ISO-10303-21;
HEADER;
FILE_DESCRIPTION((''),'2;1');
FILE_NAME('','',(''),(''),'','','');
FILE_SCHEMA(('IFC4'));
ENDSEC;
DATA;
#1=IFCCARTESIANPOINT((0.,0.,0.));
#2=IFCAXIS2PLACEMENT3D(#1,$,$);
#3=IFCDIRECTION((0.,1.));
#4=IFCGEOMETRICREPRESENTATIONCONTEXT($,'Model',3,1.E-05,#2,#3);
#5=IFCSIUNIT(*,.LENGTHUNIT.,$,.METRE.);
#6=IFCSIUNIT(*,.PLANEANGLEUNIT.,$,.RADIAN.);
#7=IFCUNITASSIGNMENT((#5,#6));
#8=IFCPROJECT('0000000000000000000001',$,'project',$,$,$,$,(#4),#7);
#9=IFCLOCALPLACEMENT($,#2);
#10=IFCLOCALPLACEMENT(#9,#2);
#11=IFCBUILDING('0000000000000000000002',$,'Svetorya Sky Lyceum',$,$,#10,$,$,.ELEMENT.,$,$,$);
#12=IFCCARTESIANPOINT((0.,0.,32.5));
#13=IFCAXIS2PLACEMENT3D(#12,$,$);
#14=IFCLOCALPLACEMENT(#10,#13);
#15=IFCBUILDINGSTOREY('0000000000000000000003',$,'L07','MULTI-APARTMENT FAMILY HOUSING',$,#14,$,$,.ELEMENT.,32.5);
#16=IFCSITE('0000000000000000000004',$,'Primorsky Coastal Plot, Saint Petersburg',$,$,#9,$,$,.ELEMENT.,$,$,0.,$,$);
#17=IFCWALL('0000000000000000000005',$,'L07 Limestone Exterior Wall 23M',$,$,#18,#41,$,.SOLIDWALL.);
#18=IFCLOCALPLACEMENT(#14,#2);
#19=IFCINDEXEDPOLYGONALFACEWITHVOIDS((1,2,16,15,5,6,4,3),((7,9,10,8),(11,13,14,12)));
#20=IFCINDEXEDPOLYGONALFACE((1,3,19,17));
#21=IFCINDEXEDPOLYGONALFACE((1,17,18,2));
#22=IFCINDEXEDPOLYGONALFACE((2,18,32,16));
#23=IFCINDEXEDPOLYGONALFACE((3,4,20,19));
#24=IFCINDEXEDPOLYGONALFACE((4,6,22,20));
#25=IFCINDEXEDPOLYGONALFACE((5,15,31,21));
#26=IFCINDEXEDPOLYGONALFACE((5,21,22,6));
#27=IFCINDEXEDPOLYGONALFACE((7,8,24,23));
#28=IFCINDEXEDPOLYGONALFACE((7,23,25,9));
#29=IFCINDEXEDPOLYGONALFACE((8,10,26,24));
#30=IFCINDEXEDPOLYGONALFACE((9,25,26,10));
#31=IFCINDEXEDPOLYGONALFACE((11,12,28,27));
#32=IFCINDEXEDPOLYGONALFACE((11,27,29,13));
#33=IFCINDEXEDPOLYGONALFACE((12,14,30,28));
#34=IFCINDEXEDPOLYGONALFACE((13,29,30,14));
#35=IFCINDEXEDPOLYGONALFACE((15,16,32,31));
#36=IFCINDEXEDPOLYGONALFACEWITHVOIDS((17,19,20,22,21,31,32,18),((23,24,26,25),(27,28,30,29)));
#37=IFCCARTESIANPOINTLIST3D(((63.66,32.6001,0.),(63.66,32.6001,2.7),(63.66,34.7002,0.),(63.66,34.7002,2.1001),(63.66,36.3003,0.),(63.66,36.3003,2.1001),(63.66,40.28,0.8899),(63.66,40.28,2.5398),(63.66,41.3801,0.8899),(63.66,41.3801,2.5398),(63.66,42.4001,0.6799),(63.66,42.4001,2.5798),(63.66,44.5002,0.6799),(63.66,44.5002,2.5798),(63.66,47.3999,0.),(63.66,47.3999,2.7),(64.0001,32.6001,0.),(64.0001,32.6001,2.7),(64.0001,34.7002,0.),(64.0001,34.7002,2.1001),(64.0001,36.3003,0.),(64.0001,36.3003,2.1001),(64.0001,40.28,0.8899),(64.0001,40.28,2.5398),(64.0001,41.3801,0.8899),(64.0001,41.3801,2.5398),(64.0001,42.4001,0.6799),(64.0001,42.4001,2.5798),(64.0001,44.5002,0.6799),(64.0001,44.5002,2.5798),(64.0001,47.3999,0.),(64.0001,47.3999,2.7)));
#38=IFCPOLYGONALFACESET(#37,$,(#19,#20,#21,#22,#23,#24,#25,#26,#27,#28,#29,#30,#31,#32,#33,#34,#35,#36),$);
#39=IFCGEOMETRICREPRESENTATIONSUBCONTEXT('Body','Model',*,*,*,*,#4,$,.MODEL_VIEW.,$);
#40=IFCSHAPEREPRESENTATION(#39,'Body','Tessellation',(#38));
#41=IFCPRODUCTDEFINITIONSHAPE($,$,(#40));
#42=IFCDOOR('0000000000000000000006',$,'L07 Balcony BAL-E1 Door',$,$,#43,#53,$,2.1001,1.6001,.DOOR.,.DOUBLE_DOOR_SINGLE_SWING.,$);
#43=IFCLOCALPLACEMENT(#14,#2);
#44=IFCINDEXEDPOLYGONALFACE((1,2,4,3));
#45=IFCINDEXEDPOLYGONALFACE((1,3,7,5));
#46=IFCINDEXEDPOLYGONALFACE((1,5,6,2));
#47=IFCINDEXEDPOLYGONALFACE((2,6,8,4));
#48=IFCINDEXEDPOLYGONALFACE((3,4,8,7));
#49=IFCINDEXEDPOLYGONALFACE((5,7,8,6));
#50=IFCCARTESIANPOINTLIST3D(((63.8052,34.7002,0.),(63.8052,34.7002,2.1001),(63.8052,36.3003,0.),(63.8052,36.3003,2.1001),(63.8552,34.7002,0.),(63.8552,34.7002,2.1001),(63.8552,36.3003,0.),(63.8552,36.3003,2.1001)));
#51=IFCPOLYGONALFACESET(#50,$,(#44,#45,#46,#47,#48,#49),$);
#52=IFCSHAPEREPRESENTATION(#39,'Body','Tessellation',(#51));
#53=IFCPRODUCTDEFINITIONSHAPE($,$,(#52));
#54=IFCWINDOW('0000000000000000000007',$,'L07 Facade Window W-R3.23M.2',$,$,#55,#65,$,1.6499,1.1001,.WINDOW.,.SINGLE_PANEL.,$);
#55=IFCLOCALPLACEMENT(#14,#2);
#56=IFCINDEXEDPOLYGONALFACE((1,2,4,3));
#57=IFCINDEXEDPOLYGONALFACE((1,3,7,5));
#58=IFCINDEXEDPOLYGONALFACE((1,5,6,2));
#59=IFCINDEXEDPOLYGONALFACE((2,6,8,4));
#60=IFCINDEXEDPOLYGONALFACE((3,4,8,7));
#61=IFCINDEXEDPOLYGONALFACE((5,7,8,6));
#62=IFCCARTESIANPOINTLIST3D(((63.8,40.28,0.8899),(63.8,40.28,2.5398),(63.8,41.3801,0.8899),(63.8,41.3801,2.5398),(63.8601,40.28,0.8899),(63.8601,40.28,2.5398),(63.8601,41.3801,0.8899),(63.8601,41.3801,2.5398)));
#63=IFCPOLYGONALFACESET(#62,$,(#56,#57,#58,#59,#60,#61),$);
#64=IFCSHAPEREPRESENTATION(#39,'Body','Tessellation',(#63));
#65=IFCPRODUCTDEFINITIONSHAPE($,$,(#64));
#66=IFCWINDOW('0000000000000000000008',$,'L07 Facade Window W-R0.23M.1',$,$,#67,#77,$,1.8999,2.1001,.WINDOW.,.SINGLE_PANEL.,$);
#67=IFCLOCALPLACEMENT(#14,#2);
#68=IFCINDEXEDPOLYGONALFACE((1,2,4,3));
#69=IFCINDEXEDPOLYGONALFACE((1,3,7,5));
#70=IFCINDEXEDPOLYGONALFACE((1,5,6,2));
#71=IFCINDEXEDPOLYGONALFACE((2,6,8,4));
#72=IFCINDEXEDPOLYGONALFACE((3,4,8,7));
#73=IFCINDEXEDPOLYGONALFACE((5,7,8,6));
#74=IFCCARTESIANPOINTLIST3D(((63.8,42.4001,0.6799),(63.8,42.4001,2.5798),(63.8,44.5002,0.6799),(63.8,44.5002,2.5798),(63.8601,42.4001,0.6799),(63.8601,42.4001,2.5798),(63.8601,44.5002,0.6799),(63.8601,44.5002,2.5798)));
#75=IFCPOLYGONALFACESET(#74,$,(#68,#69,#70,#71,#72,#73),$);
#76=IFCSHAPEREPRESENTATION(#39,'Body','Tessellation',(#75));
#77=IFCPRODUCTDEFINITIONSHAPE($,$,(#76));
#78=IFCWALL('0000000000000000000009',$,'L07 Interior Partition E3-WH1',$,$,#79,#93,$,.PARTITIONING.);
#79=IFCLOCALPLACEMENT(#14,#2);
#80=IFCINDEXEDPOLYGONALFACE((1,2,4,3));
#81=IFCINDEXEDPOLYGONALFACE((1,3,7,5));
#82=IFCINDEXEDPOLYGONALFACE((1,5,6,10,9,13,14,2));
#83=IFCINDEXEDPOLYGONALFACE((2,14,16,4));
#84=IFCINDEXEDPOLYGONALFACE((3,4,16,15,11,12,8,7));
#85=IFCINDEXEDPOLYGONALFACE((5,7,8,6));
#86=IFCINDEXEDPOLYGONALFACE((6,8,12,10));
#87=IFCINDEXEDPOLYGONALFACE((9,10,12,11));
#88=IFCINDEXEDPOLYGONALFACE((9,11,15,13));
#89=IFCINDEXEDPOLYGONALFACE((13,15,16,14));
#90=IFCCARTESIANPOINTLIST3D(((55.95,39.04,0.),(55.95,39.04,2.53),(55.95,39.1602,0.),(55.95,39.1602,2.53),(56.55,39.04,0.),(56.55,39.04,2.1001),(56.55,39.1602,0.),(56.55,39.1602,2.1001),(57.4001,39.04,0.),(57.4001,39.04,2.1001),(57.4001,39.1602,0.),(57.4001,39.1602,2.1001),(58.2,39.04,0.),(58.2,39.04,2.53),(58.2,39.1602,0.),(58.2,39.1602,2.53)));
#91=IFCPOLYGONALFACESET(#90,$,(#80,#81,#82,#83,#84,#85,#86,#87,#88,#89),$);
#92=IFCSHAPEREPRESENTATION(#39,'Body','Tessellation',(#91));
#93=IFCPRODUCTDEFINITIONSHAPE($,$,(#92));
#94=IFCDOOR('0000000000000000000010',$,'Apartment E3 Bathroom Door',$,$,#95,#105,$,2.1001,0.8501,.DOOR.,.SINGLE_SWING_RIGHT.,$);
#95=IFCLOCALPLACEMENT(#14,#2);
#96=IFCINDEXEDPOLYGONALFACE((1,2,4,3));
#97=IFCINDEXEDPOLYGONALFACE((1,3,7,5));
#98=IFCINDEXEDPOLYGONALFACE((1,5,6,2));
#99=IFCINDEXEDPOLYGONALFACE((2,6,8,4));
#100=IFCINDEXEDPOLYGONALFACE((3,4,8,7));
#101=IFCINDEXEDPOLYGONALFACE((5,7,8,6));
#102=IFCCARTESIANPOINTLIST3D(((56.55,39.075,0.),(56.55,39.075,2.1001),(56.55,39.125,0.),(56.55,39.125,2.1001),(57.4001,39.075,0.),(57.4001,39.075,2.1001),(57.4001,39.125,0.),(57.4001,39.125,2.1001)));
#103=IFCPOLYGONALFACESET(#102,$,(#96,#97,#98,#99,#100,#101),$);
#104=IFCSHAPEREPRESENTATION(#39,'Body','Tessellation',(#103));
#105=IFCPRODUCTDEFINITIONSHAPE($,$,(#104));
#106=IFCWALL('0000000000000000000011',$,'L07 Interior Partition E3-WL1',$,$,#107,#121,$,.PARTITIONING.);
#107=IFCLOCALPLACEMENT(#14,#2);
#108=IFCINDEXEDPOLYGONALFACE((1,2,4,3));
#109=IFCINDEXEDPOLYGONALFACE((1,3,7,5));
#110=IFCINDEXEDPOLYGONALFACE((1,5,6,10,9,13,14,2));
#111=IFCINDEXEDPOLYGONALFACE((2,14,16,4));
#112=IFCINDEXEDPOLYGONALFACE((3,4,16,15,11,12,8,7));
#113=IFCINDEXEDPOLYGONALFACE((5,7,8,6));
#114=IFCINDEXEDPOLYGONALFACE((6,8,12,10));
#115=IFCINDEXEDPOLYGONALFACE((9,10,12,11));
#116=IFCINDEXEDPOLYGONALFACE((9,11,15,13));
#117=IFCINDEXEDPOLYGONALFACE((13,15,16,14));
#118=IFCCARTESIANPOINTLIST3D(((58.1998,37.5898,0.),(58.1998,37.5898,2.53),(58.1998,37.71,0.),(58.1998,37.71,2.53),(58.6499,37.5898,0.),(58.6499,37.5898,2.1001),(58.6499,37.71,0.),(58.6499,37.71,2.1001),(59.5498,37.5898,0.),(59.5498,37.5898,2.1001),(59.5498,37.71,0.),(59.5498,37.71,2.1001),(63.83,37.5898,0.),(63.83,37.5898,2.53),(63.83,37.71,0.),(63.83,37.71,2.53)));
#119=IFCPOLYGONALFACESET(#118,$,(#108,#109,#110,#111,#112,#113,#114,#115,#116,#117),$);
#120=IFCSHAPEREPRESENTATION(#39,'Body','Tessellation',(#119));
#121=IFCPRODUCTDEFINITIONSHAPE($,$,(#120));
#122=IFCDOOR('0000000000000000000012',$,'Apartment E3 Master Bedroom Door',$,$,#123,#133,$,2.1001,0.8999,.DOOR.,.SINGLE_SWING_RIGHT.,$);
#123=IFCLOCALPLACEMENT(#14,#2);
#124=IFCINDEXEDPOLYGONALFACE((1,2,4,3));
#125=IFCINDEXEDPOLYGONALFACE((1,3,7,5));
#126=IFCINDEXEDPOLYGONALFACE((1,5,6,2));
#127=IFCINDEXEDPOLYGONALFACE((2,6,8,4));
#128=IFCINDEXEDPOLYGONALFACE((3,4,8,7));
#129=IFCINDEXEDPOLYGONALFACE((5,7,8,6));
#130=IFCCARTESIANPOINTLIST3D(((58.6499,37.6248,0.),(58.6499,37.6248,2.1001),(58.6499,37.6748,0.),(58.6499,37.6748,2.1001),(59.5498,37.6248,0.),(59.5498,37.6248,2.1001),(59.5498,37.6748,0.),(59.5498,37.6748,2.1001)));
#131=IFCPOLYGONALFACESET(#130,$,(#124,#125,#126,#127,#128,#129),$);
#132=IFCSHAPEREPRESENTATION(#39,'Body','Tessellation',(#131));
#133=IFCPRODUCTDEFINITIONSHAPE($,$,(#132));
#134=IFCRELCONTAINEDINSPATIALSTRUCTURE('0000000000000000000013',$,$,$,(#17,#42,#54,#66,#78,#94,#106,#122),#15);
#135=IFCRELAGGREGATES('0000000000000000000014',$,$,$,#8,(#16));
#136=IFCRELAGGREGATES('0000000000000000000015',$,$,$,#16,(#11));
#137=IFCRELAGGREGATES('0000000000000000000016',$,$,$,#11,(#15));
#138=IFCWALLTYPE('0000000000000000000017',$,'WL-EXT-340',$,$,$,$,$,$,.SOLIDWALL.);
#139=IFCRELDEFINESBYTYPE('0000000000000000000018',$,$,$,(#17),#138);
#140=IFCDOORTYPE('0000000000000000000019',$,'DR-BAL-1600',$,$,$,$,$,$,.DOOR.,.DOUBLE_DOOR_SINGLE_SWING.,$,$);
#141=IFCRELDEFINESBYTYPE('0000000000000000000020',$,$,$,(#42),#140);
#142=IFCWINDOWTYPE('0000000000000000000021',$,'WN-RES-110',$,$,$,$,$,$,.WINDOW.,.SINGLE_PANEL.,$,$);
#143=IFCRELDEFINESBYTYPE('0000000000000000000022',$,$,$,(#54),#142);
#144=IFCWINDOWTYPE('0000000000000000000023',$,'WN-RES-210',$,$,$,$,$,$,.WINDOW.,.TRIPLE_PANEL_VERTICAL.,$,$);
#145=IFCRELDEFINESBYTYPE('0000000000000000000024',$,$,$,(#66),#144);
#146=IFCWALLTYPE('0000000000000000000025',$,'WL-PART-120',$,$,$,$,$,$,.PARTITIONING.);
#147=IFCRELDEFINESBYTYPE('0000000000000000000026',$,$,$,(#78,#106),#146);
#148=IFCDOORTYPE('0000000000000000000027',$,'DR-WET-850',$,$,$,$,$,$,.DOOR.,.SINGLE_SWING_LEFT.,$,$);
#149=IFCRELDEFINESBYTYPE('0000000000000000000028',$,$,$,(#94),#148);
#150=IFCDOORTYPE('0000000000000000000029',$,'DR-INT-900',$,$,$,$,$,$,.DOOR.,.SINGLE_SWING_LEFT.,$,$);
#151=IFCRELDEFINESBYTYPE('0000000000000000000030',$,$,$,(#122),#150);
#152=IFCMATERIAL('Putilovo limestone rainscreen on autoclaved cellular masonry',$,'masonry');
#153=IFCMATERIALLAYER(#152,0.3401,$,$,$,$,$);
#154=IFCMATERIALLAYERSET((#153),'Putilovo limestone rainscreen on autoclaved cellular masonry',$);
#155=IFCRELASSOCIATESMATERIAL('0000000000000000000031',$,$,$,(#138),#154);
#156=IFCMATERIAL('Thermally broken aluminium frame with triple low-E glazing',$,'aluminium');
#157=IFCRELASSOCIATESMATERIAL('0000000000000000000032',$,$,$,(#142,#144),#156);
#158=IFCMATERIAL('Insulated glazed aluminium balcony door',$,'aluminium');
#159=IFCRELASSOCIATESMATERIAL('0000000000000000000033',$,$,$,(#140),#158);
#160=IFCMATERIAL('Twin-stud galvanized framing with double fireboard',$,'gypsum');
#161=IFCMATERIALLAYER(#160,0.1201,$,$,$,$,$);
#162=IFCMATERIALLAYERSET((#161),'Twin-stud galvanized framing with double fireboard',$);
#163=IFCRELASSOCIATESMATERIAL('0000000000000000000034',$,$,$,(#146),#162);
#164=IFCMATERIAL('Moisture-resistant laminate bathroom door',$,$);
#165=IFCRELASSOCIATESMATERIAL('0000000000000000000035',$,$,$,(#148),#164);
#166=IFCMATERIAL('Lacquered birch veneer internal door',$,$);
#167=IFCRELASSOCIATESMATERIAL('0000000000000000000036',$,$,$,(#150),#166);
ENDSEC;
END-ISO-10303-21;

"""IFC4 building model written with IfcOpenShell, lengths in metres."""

from ifc_helpers import new_model, si_unit, direction, frame, frame_2d, origin, place, context, subcontext, project, spatial, rectangle, extrude, material, layer, layer_set, type_object, element, fill, save


model = new_model("IFC4")

# Units and contexts
model_context = context("Model", 3, precision=1e-05, world=origin(), true_north=direction((0.0, 1.0)))
body_context = subcontext(model_context, "Body", "Model", "MODEL_VIEW")
ifc_project = project(units=[si_unit("LENGTHUNIT", "METRE"), si_unit("PLANEANGLEUNIT", "RADIAN")], contexts=[model_context])

# Site, building, storey
site_placement = place(None, origin())
site = spatial("IfcSite", under=ifc_project, at=site_placement, Name="Primorsky Coastal Plot, Saint Petersburg", CompositionType="ELEMENT", RefElevation=0.0)
building_placement = place(site_placement, origin())
building = spatial("IfcBuilding", under=site, at=building_placement, Name="Svetorya Sky Lyceum", CompositionType="ELEMENT")
storey_placement = place(building_placement, frame((0.0, 0.0, 32.5)))
storey = spatial("IfcBuildingStorey", under=building, at=storey_placement, Name="L07", Description="MULTI-APARTMENT FAMILY HOUSING", CompositionType="ELEMENT", Elevation=32.5)

# Shared definitions
ifc_material_1 = material(Name="Putilovo limestone rainscreen on autoclaved cellular masonry", Category="masonry")
ifc_layer_1 = layer(ifc_material_1, 0.3401)
ifc_layer_set_1 = layer_set([ifc_layer_1], Name="Putilovo limestone rainscreen on autoclaved cellular masonry")
wall_type_1 = type_object("IfcWallType", Name="WL-EXT-340", PredefinedType="SOLIDWALL", material=ifc_layer_set_1)

# Shared definitions
ifc_material_2 = material(Name="Thermally broken aluminium frame with triple low-E glazing", Category="aluminium")
window_type_1 = type_object("IfcWindowType", Name="WN-RES-110", PartitioningType="SINGLE_PANEL", PredefinedType="WINDOW", material=ifc_material_2)

# Wall, openings, door, windows
wall_1_placement = place(storey_placement, frame((63.8301, 32.6001, 0.0), z_axis=(0.0, 0.0, 1.0), x_axis=(0.0, 1.0, 0.0)))
wall_1 = element("IfcWall", 1, at=wall_1_placement, inside=storey, type_object=wall_type_1, Name="L07 Limestone Exterior Wall 23M", PredefinedType="SOLIDWALL", context=body_context, shape_type="SweptSolid", body=[
    extrude(rectangle(XDim=14.7998, YDim=0.3401, at=frame_2d((7.3999, 0.0))), origin(), (0.0, 0.0, 1.0), 2.7),
])
opening_1_placement = place(wall_1_placement, frame((2.1001, 0.0, 0.0)))
opening_1 = element("IfcOpeningElement", 2, at=opening_1_placement, cuts=wall_1, PredefinedType="OPENING", context=body_context, shape_type="SweptSolid", body=[
    extrude(rectangle(XDim=1.6001, YDim=2.1001, at=frame_2d((0.8, 1.05))), frame((0.0, 0.1799, 0.0), z_axis=(0.0, -1.0, 0.0), x_axis=(1.0, 0.0, 0.0)), (0.0, 0.0, 1.0), 0.3601),
])
opening_2_placement = place(wall_1_placement, frame((7.6799, 0.0, 0.8899)))
opening_2 = element("IfcOpeningElement", 3, at=opening_2_placement, cuts=wall_1, PredefinedType="OPENING", context=body_context, shape_type="SweptSolid", body=[
    extrude(rectangle(XDim=1.1001, YDim=1.6499, at=frame_2d((0.55, 0.825))), frame((0.0, 0.1799, 0.0), z_axis=(0.0, -1.0, 0.0), x_axis=(1.0, 0.0, 0.0)), (0.0, 0.0, 1.0), 0.3601),
])
opening_3_placement = place(wall_1_placement, frame((9.8, 0.0, 0.6799)))
opening_3 = element("IfcOpeningElement", 4, at=opening_3_placement, cuts=wall_1, PredefinedType="OPENING", context=body_context, shape_type="SweptSolid", body=[
    extrude(rectangle(XDim=2.1001, YDim=1.8999, at=frame_2d((1.05, 0.95))), frame((0.0, 0.1799, 0.0), z_axis=(0.0, -1.0, 0.0), x_axis=(1.0, 0.0, 0.0)), (0.0, 0.0, 1.0), 0.3601),
])
ifc_material_3 = material(Name="Insulated glazed aluminium balcony door", Category="aluminium")
door_type_1 = type_object("IfcDoorType", Name="DR-BAL-1600", OperationType="DOUBLE_DOOR_SINGLE_SWING", PredefinedType="DOOR", material=ifc_material_3)
door_1_placement = place(opening_1_placement, origin())
door_1 = element("IfcDoor", 5, at=door_1_placement, inside=storey, type_object=door_type_1, Name="L07 Balcony BAL-E1 Door", OperationType="DOUBLE_DOOR_SINGLE_SWING", OverallHeight=2.1001, OverallWidth=1.6001, PredefinedType="DOOR", context=body_context, shape_type="SweptSolid", body=[
    extrude(rectangle(XDim=1.6001, YDim=2.1001, at=frame_2d((0.8, 1.05))), frame((0.0, 0.0249, 0.0), z_axis=(0.0, -1.0, 0.0), x_axis=(1.0, 0.0, 0.0)), (0.0, 0.0, 1.0), 0.05),
])
fill(opening_1, door_1)
window_1_placement = place(opening_2_placement, origin())
window_1 = element("IfcWindow", 6, at=window_1_placement, inside=storey, type_object=window_type_1, Name="L07 Facade Window W-R3.23M.2", OverallHeight=1.6499, OverallWidth=1.1001, PartitioningType="SINGLE_PANEL", PredefinedType="WINDOW", context=body_context, shape_type="SweptSolid", body=[
    extrude(rectangle(XDim=1.1001, YDim=1.6499, at=frame_2d((0.55, 0.825))), frame((0.0, 0.03, 0.0), z_axis=(0.0, -1.0, 0.0), x_axis=(1.0, 0.0, 0.0)), (0.0, 0.0, 1.0), 0.0601),
])
fill(opening_2, window_1)
window_type_2 = type_object("IfcWindowType", Name="WN-RES-210", PartitioningType="TRIPLE_PANEL_VERTICAL", PredefinedType="WINDOW", material=ifc_material_2)
window_2_placement = place(opening_3_placement, origin())
window_2 = element("IfcWindow", 7, at=window_2_placement, inside=storey, type_object=window_type_2, Name="L07 Facade Window W-R0.23M.1", OverallHeight=1.8999, OverallWidth=2.1001, PartitioningType="SINGLE_PANEL", PredefinedType="WINDOW", context=body_context, shape_type="SweptSolid", body=[
    extrude(rectangle(XDim=2.1001, YDim=1.8999, at=frame_2d((1.05, 0.95))), frame((0.0, 0.03, 0.0), z_axis=(0.0, -1.0, 0.0), x_axis=(1.0, 0.0, 0.0)), (0.0, 0.0, 1.0), 0.0601),
])
fill(opening_3, window_2)

# Walls, openings, doors
ifc_material_4 = material(Name="Twin-stud galvanized framing with double fireboard", Category="gypsum")
ifc_layer_2 = layer(ifc_material_4, 0.1201)
ifc_layer_set_2 = layer_set([ifc_layer_2], Name="Twin-stud galvanized framing with double fireboard")
wall_type_2 = type_object("IfcWallType", Name="WL-PART-120", PredefinedType="PARTITIONING", material=ifc_layer_set_2)
wall_2_placement = place(storey_placement, frame((55.95, 39.1001, 0.0), z_axis=(0.0, 0.0, 1.0), x_axis=(1.0, 0.0, 0.0)))
wall_2 = element("IfcWall", 8, at=wall_2_placement, inside=storey, type_object=wall_type_2, Name="L07 Interior Partition E3-WH1", PredefinedType="PARTITIONING", context=body_context, shape_type="SweptSolid", body=[
    extrude(rectangle(XDim=2.25, YDim=0.1201, at=frame_2d((1.125, 0.0))), origin(), (0.0, 0.0, 1.0), 2.53),
])
opening_4_placement = place(wall_2_placement, frame((0.6001, 0.0, 0.0)))
opening_4 = element("IfcOpeningElement", 9, at=opening_4_placement, cuts=wall_2, PredefinedType="OPENING", context=body_context, shape_type="SweptSolid", body=[
    extrude(rectangle(XDim=0.8501, YDim=2.1001, at=frame_2d((0.425, 1.05))), frame((0.0, 0.0701, 0.0), z_axis=(0.0, -1.0, 0.0), x_axis=(1.0, 0.0, 0.0)), (0.0, 0.0, 1.0), 0.1401),
])
ifc_material_5 = material(Name="Moisture-resistant laminate bathroom door")
door_type_2 = type_object("IfcDoorType", Name="DR-WET-850", OperationType="SINGLE_SWING_LEFT", PredefinedType="DOOR", material=ifc_material_5)
door_2_placement = place(opening_4_placement, origin())
door_2 = element("IfcDoor", 10, at=door_2_placement, inside=storey, type_object=door_type_2, Name="Apartment E3 Bathroom Door", OperationType="SINGLE_SWING_RIGHT", OverallHeight=2.1001, OverallWidth=0.8501, PredefinedType="DOOR", context=body_context, shape_type="SweptSolid", body=[
    extrude(rectangle(XDim=0.8501, YDim=2.1001, at=frame_2d((0.425, 1.05))), frame((0.0, 0.0249, 0.0), z_axis=(0.0, -1.0, 0.0), x_axis=(1.0, 0.0, 0.0)), (0.0, 0.0, 1.0), 0.05),
])
fill(opening_4, door_2)
wall_3_placement = place(storey_placement, frame((58.2, 37.6499, 0.0), z_axis=(0.0, 0.0, 1.0), x_axis=(1.0, 0.0, 0.0)))
wall_3 = element("IfcWall", 11, at=wall_3_placement, inside=storey, type_object=wall_type_2, Name="L07 Interior Partition E3-WL1", PredefinedType="PARTITIONING", context=body_context, shape_type="SweptSolid", body=[
    extrude(rectangle(XDim=5.6301, YDim=0.1201, at=frame_2d((2.8149, 0.0))), origin(), (0.0, 0.0, 1.0), 2.53),
])
opening_5_placement = place(wall_3_placement, frame((0.45, 0.0, 0.0)))
opening_5 = element("IfcOpeningElement", 12, at=opening_5_placement, cuts=wall_3, PredefinedType="OPENING", context=body_context, shape_type="SweptSolid", body=[
    extrude(rectangle(XDim=0.8999, YDim=2.1001, at=frame_2d((0.45, 1.05))), frame((0.0, 0.0701, 0.0), z_axis=(0.0, -1.0, 0.0), x_axis=(1.0, 0.0, 0.0)), (0.0, 0.0, 1.0), 0.1401),
])
ifc_material_6 = material(Name="Lacquered birch veneer internal door")
door_type_3 = type_object("IfcDoorType", Name="DR-INT-900", OperationType="SINGLE_SWING_LEFT", PredefinedType="DOOR", material=ifc_material_6)
door_3_placement = place(opening_5_placement, origin())
door_3 = element("IfcDoor", 13, at=door_3_placement, inside=storey, type_object=door_type_3, Name="Apartment E3 Master Bedroom Door", OperationType="SINGLE_SWING_RIGHT", OverallHeight=2.1001, OverallWidth=0.8999, PredefinedType="DOOR", context=body_context, shape_type="SweptSolid", body=[
    extrude(rectangle(XDim=0.8999, YDim=2.1001, at=frame_2d((0.45, 1.05))), frame((0.0, 0.0249, 0.0), z_axis=(0.0, -1.0, 0.0), x_axis=(1.0, 0.0, 0.0)), (0.0, 0.0, 1.0), 0.05),
])
fill(opening_5, door_3)

save(model, "model.ifc")
